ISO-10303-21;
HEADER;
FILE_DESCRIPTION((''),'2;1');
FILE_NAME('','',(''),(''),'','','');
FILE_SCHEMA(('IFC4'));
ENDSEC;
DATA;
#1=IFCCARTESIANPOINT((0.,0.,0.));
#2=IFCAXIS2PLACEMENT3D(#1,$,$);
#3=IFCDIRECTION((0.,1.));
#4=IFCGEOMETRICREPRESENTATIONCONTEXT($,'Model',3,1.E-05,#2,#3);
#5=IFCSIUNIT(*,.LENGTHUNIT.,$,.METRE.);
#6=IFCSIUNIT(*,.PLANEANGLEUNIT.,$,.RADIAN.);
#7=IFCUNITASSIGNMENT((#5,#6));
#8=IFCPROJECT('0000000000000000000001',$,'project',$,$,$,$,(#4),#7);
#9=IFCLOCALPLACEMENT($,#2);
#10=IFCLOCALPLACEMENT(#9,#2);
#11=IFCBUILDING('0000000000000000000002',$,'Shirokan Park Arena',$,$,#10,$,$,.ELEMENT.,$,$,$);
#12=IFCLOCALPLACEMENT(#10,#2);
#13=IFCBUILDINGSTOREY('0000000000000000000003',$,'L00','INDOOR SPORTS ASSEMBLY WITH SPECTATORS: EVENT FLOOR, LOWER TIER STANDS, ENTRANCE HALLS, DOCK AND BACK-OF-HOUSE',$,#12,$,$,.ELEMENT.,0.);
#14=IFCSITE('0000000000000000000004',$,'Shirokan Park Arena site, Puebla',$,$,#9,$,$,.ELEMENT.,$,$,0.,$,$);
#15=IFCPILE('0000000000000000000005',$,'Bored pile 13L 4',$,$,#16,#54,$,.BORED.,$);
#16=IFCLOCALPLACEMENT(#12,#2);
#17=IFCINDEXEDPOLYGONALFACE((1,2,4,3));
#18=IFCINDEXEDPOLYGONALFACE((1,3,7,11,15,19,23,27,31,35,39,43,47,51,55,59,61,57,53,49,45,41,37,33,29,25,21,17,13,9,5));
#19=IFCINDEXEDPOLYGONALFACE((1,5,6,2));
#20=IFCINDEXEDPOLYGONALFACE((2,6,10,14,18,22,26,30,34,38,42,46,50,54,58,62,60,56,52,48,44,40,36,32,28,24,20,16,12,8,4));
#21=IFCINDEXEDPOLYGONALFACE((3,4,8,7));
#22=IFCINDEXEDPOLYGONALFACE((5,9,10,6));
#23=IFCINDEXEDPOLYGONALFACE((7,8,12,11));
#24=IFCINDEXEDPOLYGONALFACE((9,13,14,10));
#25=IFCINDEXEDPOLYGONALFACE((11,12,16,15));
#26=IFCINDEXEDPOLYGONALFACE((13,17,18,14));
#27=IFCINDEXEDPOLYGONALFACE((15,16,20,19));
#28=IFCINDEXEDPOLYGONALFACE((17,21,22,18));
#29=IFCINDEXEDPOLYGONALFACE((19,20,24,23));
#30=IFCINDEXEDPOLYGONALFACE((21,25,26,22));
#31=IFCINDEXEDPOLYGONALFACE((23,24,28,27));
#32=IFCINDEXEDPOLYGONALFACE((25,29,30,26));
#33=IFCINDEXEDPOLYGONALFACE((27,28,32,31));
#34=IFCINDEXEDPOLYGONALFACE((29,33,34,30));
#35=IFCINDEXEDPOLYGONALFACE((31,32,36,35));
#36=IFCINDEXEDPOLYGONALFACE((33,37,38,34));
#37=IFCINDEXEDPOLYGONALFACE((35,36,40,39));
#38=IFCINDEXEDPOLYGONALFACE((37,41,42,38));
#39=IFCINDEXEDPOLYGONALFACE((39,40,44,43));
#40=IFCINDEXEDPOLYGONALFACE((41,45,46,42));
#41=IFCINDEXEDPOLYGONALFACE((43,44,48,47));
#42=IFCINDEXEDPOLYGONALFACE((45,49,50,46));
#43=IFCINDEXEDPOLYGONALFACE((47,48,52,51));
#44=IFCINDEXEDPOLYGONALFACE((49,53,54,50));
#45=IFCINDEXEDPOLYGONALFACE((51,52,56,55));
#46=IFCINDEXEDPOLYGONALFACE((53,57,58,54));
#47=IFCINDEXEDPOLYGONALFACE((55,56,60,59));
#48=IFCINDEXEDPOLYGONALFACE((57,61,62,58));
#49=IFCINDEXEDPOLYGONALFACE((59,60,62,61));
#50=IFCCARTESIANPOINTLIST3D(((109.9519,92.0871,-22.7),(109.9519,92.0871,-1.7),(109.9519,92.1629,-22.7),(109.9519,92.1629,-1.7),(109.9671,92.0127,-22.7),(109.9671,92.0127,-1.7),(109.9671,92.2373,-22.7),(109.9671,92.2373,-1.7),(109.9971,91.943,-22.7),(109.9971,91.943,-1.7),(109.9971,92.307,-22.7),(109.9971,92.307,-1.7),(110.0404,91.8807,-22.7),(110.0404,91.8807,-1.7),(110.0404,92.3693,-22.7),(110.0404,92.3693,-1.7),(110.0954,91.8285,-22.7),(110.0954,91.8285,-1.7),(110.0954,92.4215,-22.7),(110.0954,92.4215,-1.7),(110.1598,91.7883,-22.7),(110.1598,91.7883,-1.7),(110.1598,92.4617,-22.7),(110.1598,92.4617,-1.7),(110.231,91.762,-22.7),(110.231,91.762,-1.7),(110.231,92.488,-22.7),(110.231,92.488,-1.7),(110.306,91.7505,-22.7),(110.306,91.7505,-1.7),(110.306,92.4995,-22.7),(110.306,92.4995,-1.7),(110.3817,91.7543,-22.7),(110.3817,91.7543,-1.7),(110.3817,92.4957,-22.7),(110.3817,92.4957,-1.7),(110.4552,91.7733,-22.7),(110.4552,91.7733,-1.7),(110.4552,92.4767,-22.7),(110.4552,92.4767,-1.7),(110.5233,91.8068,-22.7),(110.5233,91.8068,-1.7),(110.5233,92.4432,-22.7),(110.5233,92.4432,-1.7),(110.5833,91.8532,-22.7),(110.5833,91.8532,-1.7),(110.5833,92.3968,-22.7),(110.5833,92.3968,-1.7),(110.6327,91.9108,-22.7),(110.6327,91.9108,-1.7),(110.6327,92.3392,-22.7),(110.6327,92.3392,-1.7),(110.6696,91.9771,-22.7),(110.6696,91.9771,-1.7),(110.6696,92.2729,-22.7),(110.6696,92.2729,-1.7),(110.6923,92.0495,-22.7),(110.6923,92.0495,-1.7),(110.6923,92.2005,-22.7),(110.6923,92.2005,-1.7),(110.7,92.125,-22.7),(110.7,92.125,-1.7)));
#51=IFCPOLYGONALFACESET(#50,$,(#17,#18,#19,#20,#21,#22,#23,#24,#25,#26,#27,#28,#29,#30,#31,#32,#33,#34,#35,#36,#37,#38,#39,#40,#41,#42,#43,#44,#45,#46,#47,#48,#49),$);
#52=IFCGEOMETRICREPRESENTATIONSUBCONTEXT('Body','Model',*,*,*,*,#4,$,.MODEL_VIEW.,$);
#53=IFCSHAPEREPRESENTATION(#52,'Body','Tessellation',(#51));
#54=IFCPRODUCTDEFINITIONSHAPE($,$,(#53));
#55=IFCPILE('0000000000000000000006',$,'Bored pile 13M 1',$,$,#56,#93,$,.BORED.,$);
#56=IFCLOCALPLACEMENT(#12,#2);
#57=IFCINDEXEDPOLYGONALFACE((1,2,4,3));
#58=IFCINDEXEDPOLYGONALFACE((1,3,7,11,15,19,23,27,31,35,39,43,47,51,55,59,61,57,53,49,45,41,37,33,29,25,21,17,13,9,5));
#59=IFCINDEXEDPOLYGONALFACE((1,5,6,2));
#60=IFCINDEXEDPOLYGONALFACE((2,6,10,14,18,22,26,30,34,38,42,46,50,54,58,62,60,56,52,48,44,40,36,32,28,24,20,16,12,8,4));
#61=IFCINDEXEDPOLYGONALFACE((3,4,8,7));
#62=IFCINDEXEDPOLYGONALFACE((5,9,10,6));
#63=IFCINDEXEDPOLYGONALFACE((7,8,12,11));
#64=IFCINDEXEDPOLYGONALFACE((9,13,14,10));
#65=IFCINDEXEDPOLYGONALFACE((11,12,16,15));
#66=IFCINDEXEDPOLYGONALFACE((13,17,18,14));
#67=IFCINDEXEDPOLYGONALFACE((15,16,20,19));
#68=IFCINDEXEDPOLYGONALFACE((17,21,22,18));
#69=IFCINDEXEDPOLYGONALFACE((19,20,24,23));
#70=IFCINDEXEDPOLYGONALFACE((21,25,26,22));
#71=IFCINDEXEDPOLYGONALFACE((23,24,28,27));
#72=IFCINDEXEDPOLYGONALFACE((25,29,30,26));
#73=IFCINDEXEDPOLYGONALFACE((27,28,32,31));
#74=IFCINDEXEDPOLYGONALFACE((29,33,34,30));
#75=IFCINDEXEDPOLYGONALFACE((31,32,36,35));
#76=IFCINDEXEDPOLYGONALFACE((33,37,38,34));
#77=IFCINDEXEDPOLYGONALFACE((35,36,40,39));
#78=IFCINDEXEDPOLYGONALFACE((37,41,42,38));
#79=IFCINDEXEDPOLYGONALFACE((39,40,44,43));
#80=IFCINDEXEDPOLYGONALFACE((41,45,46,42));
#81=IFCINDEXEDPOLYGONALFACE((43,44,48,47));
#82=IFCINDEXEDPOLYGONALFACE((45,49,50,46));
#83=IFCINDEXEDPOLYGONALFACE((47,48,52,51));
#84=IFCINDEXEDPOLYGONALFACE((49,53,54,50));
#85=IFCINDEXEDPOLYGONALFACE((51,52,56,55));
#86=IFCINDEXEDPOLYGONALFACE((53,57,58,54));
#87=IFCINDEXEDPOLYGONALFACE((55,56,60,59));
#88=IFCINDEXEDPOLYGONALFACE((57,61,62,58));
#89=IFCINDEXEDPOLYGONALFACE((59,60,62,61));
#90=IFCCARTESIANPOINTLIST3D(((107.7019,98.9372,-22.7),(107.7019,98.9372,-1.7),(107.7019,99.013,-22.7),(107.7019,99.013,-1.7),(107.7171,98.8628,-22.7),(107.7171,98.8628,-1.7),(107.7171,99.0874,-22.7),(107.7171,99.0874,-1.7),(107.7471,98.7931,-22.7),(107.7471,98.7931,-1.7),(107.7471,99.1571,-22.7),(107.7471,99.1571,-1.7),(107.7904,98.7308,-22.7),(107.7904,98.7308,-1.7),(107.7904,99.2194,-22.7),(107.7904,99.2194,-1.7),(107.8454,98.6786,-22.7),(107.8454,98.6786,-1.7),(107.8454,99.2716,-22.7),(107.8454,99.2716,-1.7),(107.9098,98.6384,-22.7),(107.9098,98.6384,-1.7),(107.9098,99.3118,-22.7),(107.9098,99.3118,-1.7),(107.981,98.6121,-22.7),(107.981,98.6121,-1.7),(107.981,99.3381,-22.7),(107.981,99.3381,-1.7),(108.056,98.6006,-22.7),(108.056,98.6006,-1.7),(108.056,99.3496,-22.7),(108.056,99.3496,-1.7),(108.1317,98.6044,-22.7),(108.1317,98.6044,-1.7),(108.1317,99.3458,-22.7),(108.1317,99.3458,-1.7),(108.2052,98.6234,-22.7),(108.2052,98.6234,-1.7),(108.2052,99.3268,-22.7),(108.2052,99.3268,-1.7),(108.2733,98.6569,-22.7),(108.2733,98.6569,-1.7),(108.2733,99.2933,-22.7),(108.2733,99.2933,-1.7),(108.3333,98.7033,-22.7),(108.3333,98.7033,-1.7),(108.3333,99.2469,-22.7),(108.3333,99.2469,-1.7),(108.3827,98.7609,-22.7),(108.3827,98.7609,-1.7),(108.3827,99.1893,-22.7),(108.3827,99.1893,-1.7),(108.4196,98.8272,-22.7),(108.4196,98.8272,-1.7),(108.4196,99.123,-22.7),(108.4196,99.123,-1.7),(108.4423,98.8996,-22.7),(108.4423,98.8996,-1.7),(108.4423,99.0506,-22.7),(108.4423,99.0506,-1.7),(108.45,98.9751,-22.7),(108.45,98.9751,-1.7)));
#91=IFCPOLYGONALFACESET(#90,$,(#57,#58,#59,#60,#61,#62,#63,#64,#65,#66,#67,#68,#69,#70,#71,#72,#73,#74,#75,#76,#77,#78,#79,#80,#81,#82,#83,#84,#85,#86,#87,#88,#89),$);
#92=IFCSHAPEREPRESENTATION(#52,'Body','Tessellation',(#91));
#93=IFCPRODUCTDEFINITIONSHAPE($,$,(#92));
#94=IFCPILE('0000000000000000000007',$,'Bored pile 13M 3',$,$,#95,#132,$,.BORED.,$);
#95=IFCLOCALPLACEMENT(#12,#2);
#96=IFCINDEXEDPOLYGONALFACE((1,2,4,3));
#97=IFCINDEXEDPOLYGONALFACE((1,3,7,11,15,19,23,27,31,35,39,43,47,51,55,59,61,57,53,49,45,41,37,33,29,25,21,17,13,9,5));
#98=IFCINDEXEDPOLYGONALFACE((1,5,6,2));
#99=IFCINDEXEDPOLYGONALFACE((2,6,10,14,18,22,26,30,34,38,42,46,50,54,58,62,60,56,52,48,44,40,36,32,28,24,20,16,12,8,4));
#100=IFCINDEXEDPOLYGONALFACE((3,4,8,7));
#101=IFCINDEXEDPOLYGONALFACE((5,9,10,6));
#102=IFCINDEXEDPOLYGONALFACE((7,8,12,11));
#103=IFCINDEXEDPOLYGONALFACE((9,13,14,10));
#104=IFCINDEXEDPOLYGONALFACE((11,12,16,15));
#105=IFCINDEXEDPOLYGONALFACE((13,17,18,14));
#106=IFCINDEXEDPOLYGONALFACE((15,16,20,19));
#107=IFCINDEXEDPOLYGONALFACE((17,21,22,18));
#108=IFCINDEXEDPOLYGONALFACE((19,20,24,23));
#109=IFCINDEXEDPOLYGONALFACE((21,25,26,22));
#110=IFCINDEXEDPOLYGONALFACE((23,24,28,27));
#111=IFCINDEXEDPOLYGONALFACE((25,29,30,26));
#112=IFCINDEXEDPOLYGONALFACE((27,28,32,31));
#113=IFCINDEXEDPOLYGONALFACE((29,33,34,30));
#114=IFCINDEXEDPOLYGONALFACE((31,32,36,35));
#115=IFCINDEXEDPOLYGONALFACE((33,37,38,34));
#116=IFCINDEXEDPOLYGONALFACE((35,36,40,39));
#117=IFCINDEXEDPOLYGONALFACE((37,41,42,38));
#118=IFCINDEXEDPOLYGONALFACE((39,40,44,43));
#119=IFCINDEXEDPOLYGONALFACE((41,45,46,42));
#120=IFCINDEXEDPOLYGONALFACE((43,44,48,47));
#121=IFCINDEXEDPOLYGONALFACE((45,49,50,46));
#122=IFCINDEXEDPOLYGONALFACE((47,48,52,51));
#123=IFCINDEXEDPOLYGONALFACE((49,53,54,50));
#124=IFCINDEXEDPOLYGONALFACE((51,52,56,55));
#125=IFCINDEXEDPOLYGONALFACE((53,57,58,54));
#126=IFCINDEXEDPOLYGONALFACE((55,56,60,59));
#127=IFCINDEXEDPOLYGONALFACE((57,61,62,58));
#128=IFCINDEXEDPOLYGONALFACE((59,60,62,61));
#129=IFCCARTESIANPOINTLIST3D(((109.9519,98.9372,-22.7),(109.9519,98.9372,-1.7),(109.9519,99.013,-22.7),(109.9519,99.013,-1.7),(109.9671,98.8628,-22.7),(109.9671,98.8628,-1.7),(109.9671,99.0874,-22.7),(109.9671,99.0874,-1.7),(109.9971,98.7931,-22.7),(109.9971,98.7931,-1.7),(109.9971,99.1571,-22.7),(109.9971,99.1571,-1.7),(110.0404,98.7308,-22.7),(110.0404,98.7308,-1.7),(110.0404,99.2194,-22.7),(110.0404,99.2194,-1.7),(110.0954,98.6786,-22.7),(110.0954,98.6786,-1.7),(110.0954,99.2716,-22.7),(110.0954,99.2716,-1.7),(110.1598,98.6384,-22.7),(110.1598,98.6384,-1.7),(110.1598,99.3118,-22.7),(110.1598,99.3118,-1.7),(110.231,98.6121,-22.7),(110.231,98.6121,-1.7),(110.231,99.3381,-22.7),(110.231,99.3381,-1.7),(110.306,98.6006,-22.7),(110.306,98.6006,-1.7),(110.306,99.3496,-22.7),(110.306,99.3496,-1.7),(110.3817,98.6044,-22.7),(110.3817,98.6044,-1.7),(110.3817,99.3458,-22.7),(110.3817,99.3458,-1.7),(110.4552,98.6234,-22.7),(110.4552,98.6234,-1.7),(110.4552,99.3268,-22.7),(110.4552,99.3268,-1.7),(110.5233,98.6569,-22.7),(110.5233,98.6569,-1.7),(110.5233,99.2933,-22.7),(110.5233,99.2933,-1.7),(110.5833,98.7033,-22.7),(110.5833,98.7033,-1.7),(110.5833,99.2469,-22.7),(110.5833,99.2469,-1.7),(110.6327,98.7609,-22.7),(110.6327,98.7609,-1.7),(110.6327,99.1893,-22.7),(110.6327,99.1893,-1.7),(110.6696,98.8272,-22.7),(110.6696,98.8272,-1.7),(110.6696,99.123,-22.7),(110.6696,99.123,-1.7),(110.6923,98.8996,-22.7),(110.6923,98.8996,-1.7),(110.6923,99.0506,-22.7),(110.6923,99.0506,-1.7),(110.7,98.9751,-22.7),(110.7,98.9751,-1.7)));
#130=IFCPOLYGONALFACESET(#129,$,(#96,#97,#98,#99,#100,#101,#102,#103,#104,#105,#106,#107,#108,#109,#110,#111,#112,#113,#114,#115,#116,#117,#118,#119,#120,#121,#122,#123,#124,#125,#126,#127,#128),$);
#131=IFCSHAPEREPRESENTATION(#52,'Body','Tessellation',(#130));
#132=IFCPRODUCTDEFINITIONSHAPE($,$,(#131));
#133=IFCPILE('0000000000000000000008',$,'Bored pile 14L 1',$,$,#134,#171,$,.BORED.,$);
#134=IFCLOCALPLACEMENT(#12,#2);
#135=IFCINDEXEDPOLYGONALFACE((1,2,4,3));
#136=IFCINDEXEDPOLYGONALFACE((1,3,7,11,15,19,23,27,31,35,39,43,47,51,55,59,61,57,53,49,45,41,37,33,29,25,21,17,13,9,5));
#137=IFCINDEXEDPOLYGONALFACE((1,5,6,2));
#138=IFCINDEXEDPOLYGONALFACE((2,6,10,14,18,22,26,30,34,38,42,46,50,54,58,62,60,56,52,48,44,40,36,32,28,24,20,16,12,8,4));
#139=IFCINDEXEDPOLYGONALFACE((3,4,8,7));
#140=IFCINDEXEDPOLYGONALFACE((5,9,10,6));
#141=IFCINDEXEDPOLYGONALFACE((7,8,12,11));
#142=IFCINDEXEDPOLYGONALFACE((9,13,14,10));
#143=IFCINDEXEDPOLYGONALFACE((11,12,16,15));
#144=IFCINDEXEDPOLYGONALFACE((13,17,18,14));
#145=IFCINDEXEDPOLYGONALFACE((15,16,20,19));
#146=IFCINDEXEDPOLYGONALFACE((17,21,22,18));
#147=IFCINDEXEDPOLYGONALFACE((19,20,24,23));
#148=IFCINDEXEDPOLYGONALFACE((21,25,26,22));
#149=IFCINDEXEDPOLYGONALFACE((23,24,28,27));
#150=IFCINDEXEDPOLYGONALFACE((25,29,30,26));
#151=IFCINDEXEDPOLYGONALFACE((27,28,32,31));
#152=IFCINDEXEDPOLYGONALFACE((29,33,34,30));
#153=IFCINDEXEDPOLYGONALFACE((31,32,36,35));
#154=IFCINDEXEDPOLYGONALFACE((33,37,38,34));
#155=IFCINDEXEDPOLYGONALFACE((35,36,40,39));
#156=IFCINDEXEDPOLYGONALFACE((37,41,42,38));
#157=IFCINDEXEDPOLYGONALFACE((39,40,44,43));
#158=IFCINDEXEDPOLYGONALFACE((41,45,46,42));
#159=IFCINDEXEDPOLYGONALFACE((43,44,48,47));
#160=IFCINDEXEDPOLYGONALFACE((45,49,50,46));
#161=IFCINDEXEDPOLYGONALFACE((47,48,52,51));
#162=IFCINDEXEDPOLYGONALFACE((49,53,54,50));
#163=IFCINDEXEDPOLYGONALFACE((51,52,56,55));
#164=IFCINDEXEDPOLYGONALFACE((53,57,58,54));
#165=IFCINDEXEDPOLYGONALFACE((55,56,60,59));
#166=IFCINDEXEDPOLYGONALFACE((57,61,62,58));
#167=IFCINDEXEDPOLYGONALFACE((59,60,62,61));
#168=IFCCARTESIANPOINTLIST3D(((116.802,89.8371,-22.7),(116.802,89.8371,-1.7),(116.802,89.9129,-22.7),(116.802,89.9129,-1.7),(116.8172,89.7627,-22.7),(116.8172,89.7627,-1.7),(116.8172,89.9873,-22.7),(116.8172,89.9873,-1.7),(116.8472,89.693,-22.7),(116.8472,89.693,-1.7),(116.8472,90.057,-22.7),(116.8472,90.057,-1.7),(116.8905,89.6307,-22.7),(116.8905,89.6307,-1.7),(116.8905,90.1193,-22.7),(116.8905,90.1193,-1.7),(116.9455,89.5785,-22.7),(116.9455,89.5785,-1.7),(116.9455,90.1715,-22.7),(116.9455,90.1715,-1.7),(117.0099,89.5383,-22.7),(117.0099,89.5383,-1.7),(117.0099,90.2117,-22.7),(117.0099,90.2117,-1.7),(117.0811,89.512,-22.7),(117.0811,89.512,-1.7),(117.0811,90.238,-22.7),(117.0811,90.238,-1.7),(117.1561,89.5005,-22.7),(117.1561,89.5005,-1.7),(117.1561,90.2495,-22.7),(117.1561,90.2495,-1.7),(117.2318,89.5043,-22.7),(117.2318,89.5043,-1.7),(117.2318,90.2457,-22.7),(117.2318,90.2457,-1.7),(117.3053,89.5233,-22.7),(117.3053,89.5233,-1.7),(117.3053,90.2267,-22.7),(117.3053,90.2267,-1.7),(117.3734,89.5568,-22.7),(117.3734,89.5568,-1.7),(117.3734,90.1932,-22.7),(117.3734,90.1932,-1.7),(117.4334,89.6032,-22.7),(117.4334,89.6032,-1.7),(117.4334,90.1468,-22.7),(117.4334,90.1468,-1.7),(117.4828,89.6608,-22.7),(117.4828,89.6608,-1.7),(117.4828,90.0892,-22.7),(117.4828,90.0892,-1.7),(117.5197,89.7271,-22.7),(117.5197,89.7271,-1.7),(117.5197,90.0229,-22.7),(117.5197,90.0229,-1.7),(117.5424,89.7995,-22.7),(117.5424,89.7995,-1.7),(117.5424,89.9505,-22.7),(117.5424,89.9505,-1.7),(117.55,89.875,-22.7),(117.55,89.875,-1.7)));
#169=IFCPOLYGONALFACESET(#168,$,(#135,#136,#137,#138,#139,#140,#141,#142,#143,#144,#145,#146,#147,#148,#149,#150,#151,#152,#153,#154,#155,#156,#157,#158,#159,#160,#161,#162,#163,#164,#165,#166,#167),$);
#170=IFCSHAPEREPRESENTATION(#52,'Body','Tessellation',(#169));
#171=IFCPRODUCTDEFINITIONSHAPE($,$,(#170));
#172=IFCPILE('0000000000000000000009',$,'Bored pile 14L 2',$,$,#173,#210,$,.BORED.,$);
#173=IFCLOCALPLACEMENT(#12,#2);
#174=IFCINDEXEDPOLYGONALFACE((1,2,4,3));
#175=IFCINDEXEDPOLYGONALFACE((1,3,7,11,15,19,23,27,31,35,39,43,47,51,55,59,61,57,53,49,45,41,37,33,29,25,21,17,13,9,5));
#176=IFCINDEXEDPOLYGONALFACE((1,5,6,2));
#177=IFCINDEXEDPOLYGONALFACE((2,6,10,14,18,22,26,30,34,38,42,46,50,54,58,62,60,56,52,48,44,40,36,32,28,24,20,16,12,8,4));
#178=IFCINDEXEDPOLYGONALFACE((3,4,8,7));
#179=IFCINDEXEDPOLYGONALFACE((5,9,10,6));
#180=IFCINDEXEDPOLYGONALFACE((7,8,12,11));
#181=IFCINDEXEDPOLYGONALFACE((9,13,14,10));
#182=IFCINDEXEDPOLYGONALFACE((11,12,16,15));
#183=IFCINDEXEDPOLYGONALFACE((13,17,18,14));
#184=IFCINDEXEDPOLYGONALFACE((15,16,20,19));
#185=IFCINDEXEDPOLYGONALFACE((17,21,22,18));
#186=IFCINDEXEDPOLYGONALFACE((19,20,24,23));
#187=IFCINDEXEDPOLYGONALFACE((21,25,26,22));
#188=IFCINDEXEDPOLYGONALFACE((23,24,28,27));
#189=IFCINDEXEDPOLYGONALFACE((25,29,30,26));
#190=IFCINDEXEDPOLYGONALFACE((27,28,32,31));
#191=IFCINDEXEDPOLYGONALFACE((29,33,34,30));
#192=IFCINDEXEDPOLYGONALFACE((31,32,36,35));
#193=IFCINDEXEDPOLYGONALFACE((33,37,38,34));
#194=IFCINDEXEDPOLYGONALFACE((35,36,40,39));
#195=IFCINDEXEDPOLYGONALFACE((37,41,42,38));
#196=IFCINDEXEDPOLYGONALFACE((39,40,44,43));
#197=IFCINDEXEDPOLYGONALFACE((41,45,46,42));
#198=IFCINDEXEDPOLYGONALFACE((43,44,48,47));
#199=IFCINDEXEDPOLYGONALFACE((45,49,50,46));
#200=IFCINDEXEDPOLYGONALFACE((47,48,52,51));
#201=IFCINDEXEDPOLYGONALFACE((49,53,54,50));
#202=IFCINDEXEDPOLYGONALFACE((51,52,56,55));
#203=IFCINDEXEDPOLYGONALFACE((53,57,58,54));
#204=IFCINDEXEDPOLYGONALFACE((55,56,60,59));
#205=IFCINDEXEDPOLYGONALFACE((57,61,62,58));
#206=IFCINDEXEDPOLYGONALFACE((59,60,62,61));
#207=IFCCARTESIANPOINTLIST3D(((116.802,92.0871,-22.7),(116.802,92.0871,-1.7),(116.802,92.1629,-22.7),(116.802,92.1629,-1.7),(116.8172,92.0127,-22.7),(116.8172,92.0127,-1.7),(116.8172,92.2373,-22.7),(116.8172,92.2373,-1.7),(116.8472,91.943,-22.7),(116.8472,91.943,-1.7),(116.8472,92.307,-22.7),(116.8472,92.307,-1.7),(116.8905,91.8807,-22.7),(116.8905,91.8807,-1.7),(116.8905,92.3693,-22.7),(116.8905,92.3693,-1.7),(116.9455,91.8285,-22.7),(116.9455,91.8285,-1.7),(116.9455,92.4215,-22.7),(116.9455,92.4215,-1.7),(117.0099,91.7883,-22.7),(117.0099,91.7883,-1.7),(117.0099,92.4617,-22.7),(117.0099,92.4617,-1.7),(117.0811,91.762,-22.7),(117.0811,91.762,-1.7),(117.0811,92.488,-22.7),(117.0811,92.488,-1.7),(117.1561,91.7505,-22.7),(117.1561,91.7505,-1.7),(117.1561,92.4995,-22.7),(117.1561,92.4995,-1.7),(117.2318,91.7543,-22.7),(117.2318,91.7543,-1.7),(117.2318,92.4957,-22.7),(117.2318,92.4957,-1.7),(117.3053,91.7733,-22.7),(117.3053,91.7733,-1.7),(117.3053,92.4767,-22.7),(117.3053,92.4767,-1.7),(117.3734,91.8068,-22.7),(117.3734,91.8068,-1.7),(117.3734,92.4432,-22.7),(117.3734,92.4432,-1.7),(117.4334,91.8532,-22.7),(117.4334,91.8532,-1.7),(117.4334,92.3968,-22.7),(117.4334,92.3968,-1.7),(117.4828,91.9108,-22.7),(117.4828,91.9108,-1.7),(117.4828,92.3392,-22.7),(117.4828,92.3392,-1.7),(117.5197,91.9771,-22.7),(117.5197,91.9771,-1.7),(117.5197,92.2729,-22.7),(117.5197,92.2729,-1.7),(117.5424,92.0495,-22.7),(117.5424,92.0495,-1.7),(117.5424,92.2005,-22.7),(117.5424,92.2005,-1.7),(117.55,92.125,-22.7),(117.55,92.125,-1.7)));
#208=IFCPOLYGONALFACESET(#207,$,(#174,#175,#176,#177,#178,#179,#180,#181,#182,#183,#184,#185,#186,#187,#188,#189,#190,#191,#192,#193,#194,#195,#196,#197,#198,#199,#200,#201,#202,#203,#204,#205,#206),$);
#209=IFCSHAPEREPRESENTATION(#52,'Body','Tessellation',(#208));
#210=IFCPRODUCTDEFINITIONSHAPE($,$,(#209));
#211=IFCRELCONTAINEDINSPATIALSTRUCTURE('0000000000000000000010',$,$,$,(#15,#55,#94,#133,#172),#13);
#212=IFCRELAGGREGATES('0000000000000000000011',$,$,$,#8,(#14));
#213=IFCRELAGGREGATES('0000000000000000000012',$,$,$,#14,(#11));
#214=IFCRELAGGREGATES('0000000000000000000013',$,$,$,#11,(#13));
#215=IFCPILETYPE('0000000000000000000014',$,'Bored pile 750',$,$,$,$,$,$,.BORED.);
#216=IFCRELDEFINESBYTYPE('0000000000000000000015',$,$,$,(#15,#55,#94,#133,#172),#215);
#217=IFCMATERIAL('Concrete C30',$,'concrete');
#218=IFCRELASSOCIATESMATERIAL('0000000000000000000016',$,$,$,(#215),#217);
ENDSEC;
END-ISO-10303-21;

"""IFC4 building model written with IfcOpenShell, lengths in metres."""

from ifc_helpers import new_model, si_unit, direction, frame, origin, origin_2d, place, context, subcontext, project, spatial, circle, extrude, material, material_profile, profile_set, type_object, element, save


model = new_model("IFC4")

# Units and contexts
model_context = context("Model", 3, precision=1e-05, world=origin(), true_north=direction((0.0, 1.0)))
body_context = subcontext(model_context, "Body", "Model", "MODEL_VIEW")
ifc_project = project(units=[si_unit("LENGTHUNIT", "METRE"), si_unit("PLANEANGLEUNIT", "RADIAN")], contexts=[model_context])

# Site, building, storey
site_placement = place(None, origin())
site = spatial("IfcSite", under=ifc_project, at=site_placement, Name="Shirokan Park Arena site, Puebla", CompositionType="ELEMENT", RefElevation=0.0)
building_placement = place(site_placement, origin())
building = spatial("IfcBuilding", under=site, at=building_placement, Name="Shirokan Park Arena", CompositionType="ELEMENT")
storey_placement = place(building_placement, origin())
storey = spatial("IfcBuildingStorey", under=building, at=storey_placement, Name="L00", Description="INDOOR SPORTS ASSEMBLY WITH SPECTATORS: EVENT FLOOR, LOWER TIER STANDS, ENTRANCE HALLS, DOCK AND BACK-OF-HOUSE", CompositionType="ELEMENT", Elevation=0.0)

# Piles
ifc_material_1 = material(Name="Concrete C30", Category="concrete")
ifc_material_profile_1 = material_profile(ifc_material_1, circle(Radius=0.375, at=origin_2d()), Name="D750")
ifc_profile_set_1 = profile_set([ifc_material_profile_1], Name="Concrete C30")
pile_type_1 = type_object("IfcPileType", Name="Bored pile 750", PredefinedType="BORED", material=ifc_profile_set_1)
for number, where, z_axis, x_axis, name in (
    (1, (110.325, 92.125, -1.7), (0.0, 0.0, -1.0), (1.0, 0.0, 0.0), "Bored pile 13L 4"),
    (2, (108.075, 98.9751, -1.7), (0.0, 0.0, -1.0), (1.0, 0.0, 0.0), "Bored pile 13M 1"),
    (3, (110.325, 98.9751, -1.7), (0.0, 0.0, -1.0), (1.0, 0.0, 0.0), "Bored pile 13M 3"),
    (4, (117.175, 89.875, -1.7), (0.0, 0.0, -1.0), (1.0, 0.0, 0.0), "Bored pile 14L 1"),
    (5, (117.175, 92.125, -1.7), (0.0, 0.0, -1.0), (1.0, 0.0, 0.0), "Bored pile 14L 2"),
):
    element("IfcPile", number, at=place(storey_placement, frame(where, z_axis=z_axis, x_axis=x_axis)), inside=storey, type_object=pile_type_1, Name=name, PredefinedType="BORED", context=body_context, shape_type="SweptSolid", body=[
        extrude(circle(Radius=0.375, at=origin_2d()), origin(), (0.0, 0.0, 1.0), 21.0),
    ])

save(model, "model.ifc")
